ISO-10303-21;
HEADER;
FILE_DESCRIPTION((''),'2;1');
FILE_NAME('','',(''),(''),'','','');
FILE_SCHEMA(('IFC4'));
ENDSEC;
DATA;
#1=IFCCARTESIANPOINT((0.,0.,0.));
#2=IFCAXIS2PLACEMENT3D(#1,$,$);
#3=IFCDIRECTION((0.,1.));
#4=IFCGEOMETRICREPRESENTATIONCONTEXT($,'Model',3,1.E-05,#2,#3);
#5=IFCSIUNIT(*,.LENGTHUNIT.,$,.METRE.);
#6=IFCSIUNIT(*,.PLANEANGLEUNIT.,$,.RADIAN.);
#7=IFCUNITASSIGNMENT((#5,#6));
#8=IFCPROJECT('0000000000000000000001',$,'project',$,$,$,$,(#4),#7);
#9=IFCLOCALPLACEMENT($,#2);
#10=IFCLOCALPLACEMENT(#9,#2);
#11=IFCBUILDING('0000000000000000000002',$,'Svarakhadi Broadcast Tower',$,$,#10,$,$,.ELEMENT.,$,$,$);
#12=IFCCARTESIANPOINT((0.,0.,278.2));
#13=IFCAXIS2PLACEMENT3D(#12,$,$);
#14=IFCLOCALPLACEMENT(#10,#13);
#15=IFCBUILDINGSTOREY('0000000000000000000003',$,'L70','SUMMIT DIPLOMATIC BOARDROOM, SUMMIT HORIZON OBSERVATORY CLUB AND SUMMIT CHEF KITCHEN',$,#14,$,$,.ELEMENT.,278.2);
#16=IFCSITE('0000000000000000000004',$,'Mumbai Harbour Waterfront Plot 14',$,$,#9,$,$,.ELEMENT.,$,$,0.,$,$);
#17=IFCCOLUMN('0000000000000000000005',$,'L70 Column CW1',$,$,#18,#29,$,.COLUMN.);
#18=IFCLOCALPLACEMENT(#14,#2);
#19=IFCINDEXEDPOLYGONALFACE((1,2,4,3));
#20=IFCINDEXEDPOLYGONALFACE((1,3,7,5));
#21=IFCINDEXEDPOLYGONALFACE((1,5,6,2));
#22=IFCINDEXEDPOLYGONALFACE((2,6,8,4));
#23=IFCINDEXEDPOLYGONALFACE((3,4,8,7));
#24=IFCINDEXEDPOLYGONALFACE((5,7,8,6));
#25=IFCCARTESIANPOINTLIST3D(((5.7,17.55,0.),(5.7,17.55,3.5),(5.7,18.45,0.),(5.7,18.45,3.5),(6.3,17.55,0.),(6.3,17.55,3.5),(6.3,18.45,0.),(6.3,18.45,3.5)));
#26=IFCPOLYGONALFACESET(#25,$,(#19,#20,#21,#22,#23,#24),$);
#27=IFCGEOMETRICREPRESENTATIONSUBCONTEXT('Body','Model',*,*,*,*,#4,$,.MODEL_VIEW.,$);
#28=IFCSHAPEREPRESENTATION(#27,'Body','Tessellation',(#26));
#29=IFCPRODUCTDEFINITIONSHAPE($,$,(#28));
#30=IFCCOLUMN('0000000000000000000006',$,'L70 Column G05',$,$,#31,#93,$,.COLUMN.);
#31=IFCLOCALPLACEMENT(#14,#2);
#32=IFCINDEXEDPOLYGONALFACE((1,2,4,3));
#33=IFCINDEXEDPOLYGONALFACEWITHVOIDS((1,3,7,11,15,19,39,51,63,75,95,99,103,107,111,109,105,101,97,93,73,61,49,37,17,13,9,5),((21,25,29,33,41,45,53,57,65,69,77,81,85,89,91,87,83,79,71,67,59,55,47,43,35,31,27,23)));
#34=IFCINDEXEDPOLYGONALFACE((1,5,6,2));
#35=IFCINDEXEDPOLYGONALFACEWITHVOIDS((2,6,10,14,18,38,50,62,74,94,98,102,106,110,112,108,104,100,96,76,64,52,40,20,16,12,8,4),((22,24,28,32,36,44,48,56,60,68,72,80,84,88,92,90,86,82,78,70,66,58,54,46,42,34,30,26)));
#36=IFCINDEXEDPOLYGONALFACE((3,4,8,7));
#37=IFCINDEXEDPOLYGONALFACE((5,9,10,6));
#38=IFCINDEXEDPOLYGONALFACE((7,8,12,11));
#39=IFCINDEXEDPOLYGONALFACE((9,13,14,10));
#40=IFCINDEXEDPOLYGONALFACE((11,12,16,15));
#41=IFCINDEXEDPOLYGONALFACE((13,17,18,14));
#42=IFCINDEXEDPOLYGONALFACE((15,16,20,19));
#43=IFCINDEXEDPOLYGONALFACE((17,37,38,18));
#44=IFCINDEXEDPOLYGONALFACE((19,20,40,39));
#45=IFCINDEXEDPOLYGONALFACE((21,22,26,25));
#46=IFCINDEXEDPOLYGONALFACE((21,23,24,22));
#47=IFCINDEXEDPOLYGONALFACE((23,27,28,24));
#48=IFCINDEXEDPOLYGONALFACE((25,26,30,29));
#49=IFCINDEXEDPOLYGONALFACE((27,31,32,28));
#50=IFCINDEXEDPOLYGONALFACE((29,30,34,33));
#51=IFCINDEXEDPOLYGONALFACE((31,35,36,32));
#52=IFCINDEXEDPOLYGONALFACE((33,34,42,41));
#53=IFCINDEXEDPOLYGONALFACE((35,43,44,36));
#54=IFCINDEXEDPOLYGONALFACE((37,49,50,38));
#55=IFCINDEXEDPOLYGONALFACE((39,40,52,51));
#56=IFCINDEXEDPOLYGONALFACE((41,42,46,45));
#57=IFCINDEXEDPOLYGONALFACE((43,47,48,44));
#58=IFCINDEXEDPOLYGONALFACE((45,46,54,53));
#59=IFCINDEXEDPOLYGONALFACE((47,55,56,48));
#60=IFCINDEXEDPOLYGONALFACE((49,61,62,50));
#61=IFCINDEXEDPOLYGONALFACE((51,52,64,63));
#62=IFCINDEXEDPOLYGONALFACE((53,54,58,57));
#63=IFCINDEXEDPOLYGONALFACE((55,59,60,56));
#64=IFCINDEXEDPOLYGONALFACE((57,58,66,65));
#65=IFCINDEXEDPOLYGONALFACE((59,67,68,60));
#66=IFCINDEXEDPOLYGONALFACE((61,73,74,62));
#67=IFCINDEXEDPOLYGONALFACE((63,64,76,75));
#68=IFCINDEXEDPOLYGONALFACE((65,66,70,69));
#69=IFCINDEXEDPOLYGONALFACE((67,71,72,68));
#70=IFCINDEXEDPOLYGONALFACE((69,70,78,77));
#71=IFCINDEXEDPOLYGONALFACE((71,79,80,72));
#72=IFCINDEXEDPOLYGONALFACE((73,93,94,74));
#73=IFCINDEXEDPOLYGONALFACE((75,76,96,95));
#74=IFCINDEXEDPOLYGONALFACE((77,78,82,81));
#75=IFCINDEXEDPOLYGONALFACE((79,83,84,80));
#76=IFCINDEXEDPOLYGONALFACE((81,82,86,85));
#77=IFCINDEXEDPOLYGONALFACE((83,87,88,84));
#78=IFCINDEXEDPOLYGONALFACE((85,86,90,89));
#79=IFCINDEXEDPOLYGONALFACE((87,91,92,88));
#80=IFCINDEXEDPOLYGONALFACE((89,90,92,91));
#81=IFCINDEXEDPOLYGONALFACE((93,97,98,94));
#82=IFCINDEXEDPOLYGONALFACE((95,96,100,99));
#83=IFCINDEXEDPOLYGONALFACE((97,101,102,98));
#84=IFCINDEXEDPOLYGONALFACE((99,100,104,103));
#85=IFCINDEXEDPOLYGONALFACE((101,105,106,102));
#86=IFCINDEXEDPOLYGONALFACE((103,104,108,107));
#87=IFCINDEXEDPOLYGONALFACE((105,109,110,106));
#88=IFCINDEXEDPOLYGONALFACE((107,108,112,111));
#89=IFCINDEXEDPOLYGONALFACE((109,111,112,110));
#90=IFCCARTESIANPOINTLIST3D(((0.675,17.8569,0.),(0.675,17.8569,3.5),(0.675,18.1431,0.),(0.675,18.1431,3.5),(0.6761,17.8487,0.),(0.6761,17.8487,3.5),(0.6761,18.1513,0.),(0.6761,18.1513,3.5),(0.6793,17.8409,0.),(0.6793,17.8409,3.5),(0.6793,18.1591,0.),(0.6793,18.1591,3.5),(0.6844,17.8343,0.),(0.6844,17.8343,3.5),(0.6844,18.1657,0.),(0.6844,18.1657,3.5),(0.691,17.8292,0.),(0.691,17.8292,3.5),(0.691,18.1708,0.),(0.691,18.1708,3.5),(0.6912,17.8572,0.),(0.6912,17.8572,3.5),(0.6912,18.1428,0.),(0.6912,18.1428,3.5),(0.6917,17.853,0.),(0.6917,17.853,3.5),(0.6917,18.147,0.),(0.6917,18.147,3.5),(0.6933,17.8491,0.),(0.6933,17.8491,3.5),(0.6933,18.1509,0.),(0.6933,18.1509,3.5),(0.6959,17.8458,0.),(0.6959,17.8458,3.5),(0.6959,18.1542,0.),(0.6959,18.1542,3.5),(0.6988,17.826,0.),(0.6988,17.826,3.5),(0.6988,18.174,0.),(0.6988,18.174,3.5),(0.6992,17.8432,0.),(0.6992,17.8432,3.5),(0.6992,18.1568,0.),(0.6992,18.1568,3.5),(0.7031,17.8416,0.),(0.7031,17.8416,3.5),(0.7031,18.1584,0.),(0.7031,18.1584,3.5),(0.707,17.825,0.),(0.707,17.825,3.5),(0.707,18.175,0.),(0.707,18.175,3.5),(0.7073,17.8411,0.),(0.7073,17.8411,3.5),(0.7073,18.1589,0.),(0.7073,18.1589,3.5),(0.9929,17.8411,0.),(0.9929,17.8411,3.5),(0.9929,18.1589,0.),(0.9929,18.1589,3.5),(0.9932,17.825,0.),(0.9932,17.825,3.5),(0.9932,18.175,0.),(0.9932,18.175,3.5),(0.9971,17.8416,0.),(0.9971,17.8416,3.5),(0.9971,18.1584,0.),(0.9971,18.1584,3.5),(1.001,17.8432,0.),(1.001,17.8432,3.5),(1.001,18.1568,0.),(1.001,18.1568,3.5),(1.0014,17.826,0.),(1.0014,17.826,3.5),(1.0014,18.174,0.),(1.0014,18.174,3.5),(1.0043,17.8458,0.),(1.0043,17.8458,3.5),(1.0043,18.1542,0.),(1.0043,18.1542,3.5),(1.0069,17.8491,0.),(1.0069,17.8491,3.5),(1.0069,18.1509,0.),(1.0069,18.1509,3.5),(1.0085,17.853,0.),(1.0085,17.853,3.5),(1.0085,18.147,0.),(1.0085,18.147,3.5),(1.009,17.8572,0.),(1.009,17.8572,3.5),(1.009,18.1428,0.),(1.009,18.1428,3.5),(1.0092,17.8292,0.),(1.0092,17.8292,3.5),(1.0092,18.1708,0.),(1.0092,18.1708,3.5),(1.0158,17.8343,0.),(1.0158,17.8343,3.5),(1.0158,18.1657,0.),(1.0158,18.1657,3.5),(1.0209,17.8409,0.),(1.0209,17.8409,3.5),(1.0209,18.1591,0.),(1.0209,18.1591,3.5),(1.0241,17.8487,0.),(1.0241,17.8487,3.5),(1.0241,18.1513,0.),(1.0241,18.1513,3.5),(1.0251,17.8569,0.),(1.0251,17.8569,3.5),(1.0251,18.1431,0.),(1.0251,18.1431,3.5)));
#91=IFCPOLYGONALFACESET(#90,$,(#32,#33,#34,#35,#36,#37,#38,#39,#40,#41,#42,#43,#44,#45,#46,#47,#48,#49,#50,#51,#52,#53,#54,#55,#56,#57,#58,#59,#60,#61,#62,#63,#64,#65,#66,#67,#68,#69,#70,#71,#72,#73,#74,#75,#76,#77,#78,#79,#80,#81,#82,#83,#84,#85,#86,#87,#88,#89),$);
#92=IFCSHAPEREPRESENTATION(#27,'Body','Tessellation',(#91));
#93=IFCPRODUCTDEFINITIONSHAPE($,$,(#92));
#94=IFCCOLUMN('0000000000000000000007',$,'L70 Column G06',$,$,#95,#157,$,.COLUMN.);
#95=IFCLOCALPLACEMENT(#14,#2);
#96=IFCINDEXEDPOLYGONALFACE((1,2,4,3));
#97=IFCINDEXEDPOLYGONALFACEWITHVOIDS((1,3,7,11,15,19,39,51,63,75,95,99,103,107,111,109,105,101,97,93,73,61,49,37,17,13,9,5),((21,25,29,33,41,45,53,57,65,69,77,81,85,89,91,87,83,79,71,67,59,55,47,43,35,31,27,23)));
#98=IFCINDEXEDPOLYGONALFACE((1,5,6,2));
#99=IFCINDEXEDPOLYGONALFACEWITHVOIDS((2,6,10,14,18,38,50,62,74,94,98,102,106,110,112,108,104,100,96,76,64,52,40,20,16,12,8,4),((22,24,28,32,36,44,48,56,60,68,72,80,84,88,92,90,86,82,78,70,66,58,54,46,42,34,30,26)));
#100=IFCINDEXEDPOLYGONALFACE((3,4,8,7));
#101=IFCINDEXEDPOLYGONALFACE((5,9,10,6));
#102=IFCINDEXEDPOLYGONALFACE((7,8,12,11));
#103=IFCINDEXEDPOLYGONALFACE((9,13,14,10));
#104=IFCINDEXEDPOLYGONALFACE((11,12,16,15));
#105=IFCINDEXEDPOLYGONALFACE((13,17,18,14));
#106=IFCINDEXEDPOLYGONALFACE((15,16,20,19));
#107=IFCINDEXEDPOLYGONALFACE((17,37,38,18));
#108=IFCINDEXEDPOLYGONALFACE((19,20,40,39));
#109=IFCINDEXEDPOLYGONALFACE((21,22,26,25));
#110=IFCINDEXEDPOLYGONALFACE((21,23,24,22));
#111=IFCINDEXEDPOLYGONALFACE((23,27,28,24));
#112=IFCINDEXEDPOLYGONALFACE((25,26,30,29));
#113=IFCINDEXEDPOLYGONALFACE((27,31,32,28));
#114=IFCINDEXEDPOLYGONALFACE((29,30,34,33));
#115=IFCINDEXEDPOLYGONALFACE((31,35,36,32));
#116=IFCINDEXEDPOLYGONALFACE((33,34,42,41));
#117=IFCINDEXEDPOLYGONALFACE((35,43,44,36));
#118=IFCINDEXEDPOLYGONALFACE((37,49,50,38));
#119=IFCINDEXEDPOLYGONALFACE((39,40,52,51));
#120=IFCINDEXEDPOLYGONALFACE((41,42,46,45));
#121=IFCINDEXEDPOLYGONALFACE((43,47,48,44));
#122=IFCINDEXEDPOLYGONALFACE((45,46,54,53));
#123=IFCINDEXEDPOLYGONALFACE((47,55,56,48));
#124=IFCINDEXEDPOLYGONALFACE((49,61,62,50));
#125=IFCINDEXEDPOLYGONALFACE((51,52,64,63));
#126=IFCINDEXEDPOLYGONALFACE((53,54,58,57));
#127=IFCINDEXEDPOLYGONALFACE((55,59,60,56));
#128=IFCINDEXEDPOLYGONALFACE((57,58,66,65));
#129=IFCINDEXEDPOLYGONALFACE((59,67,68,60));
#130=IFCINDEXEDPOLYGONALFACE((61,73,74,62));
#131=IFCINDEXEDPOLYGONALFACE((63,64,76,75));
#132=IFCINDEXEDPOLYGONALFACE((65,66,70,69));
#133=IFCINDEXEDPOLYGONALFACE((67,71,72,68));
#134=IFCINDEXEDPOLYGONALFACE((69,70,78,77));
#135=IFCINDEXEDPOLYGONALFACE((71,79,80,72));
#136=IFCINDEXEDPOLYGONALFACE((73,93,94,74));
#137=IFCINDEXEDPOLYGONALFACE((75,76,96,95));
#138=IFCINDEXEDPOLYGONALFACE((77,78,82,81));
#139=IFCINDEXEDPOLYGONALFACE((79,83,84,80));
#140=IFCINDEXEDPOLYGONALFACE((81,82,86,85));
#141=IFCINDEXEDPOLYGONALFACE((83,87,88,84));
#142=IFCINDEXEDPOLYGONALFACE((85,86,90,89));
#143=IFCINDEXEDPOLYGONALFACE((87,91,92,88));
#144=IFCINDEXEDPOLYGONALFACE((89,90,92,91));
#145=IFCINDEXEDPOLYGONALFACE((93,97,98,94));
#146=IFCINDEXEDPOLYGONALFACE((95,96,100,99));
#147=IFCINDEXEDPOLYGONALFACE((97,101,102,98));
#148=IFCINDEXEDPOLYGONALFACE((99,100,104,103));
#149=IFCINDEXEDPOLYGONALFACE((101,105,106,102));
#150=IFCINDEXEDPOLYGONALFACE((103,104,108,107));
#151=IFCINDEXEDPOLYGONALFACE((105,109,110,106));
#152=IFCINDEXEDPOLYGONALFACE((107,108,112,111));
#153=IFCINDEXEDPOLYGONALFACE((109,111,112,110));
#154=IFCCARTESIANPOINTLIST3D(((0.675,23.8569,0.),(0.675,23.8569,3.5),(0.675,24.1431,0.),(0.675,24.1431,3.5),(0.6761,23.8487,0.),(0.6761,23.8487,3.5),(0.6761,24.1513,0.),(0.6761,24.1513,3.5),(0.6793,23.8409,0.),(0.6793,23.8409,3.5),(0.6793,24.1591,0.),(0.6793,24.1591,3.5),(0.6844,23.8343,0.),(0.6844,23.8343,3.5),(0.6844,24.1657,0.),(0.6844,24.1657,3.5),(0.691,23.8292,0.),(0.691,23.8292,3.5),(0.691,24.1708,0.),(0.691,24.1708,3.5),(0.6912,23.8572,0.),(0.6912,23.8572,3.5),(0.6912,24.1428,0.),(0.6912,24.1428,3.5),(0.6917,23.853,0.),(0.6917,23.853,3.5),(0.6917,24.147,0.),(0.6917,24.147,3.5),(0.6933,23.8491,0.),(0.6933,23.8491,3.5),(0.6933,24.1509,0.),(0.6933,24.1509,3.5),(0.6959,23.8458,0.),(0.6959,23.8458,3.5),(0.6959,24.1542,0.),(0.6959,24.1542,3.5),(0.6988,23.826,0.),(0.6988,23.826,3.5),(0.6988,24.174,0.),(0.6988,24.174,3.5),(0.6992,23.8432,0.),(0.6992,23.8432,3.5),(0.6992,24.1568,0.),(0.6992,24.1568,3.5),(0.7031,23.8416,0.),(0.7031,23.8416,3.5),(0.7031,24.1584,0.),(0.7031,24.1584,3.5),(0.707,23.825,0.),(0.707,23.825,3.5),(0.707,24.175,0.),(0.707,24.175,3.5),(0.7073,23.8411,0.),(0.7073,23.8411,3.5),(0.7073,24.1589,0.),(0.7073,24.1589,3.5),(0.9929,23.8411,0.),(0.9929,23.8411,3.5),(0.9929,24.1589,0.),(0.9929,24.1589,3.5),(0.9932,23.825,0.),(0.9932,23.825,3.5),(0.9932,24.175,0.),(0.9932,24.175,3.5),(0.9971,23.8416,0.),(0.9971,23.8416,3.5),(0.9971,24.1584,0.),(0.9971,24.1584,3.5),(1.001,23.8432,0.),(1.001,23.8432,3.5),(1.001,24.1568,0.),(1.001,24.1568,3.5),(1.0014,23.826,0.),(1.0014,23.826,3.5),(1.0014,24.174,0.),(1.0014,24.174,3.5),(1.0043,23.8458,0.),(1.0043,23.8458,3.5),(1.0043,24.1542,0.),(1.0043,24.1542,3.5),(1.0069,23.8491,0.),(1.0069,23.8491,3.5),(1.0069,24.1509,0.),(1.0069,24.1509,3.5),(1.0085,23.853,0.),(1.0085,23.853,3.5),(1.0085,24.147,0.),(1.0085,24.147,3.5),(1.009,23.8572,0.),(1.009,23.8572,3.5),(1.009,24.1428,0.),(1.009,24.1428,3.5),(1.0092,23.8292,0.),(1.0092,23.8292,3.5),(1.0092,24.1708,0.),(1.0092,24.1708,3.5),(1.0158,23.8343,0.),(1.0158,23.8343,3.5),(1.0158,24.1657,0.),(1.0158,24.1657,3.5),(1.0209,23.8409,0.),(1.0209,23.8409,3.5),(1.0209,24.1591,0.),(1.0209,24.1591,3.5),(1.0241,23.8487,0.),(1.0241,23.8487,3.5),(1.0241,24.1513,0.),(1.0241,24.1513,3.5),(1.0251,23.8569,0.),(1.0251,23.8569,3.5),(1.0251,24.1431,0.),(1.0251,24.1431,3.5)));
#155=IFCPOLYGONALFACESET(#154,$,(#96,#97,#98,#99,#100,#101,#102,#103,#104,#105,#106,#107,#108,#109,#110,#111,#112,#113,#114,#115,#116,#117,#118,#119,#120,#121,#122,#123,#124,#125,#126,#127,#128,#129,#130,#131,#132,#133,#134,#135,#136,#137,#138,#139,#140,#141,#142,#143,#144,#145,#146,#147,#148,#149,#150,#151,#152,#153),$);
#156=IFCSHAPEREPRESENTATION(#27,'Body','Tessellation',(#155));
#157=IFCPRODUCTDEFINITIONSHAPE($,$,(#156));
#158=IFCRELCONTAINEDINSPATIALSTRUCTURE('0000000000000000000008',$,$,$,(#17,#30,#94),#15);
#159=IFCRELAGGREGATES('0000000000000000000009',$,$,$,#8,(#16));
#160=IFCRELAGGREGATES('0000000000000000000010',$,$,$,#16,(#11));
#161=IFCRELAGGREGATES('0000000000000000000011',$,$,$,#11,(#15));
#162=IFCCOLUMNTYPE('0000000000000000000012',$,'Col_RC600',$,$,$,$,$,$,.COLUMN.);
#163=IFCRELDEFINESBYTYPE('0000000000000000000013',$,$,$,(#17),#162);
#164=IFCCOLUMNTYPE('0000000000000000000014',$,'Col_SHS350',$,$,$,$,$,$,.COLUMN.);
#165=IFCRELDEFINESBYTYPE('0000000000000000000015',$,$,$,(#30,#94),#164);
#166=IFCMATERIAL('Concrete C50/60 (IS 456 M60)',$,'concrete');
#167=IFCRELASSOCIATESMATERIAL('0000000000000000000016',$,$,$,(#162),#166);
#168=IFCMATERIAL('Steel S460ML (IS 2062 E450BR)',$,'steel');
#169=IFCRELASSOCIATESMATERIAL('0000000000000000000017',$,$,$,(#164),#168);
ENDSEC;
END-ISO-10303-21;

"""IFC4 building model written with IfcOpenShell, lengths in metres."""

from ifc_helpers import new_model, si_unit, direction, frame, origin, origin_2d, place, context, subcontext, project, spatial, rectangle, hollow_rectangle, extrude, material, material_profile, profile_set, type_object, element, save


model = new_model("IFC4")

# Units and contexts
model_context = context("Model", 3, precision=1e-05, world=origin(), true_north=direction((0.0, 1.0)))
body_context = subcontext(model_context, "Body", "Model", "MODEL_VIEW")
ifc_project = project(units=[si_unit("LENGTHUNIT", "METRE"), si_unit("PLANEANGLEUNIT", "RADIAN")], contexts=[model_context])

# Site, building, storey
site_placement = place(None, origin())
site = spatial("IfcSite", under=ifc_project, at=site_placement, Name="Mumbai Harbour Waterfront Plot 14", CompositionType="ELEMENT", RefElevation=0.0)
building_placement = place(site_placement, origin())
building = spatial("IfcBuilding", under=site, at=building_placement, Name="Svarakhadi Broadcast Tower", CompositionType="ELEMENT")
storey_placement = place(building_placement, frame((0.0, 0.0, 278.2)))
storey = spatial("IfcBuildingStorey", under=building, at=storey_placement, Name="L70", Description="SUMMIT DIPLOMATIC BOARDROOM, SUMMIT HORIZON OBSERVATORY CLUB AND SUMMIT CHEF KITCHEN", CompositionType="ELEMENT", Elevation=278.2)

# Columns
ifc_material_1 = material(Name="Concrete C50/60 (IS 456 M60)", Category="concrete")
ifc_material_profile_1 = material_profile(ifc_material_1, rectangle(XDim=0.6001, YDim=0.8999, at=origin_2d()), Name="RC 600x900")
ifc_profile_set_1 = profile_set([ifc_material_profile_1], Name="Concrete C50/60 (IS 456 M60)")
column_type_1 = type_object("IfcColumnType", Name="Col_RC600", PredefinedType="COLUMN", material=ifc_profile_set_1)
column_placement = place(storey_placement, frame((6.0, 18.0, 0.0), z_axis=(0.0, 0.0, 1.0), x_axis=(1.0, 0.0, 0.0)))
element("IfcColumn", 1, at=column_placement, inside=storey, type_object=column_type_1, Name="L70 Column CW1", PredefinedType="COLUMN", context=body_context, shape_type="SweptSolid", body=[
    extrude(rectangle(XDim=0.6001, YDim=0.8999, at=origin_2d()), origin(), (0.0, 0.0, 1.0), 3.5),
])
ifc_material_2 = material(Name="Steel S460ML (IS 2062 E450BR)", Category="steel")
ifc_material_profile_2 = material_profile(ifc_material_2, hollow_rectangle(XDim=0.3501, YDim=0.3501, WallThickness=0.0161, InnerFilletRadius=0.0161, OuterFilletRadius=0.032, at=origin_2d()), Name="SHS 350x350x16")
ifc_profile_set_2 = profile_set([ifc_material_profile_2], Name="Steel S460ML (IS 2062 E450BR)")
column_type_2 = type_object("IfcColumnType", Name="Col_SHS350", PredefinedType="COLUMN", material=ifc_profile_set_2)
for number, where, z_axis, x_axis, name in (
    (2, (0.8501, 18.0, 0.0), (0.0, 0.0, 1.0), (1.0, 0.0, 0.0), "L70 Column G05"),
    (3, (0.8501, 24.0, 0.0), (0.0, 0.0, 1.0), (1.0, 0.0, 0.0), "L70 Column G06"),
):
    element("IfcColumn", number, at=place(storey_placement, frame(where, z_axis=z_axis, x_axis=x_axis)), inside=storey, type_object=column_type_2, Name=name, PredefinedType="COLUMN", context=body_context, shape_type="SweptSolid", body=[
        extrude(hollow_rectangle(XDim=0.3501, YDim=0.3501, WallThickness=0.0161, InnerFilletRadius=0.0161, OuterFilletRadius=0.032, at=origin_2d()), origin(), (0.0, 0.0, 1.0), 3.5),
    ])

save(model, "model.ifc")
